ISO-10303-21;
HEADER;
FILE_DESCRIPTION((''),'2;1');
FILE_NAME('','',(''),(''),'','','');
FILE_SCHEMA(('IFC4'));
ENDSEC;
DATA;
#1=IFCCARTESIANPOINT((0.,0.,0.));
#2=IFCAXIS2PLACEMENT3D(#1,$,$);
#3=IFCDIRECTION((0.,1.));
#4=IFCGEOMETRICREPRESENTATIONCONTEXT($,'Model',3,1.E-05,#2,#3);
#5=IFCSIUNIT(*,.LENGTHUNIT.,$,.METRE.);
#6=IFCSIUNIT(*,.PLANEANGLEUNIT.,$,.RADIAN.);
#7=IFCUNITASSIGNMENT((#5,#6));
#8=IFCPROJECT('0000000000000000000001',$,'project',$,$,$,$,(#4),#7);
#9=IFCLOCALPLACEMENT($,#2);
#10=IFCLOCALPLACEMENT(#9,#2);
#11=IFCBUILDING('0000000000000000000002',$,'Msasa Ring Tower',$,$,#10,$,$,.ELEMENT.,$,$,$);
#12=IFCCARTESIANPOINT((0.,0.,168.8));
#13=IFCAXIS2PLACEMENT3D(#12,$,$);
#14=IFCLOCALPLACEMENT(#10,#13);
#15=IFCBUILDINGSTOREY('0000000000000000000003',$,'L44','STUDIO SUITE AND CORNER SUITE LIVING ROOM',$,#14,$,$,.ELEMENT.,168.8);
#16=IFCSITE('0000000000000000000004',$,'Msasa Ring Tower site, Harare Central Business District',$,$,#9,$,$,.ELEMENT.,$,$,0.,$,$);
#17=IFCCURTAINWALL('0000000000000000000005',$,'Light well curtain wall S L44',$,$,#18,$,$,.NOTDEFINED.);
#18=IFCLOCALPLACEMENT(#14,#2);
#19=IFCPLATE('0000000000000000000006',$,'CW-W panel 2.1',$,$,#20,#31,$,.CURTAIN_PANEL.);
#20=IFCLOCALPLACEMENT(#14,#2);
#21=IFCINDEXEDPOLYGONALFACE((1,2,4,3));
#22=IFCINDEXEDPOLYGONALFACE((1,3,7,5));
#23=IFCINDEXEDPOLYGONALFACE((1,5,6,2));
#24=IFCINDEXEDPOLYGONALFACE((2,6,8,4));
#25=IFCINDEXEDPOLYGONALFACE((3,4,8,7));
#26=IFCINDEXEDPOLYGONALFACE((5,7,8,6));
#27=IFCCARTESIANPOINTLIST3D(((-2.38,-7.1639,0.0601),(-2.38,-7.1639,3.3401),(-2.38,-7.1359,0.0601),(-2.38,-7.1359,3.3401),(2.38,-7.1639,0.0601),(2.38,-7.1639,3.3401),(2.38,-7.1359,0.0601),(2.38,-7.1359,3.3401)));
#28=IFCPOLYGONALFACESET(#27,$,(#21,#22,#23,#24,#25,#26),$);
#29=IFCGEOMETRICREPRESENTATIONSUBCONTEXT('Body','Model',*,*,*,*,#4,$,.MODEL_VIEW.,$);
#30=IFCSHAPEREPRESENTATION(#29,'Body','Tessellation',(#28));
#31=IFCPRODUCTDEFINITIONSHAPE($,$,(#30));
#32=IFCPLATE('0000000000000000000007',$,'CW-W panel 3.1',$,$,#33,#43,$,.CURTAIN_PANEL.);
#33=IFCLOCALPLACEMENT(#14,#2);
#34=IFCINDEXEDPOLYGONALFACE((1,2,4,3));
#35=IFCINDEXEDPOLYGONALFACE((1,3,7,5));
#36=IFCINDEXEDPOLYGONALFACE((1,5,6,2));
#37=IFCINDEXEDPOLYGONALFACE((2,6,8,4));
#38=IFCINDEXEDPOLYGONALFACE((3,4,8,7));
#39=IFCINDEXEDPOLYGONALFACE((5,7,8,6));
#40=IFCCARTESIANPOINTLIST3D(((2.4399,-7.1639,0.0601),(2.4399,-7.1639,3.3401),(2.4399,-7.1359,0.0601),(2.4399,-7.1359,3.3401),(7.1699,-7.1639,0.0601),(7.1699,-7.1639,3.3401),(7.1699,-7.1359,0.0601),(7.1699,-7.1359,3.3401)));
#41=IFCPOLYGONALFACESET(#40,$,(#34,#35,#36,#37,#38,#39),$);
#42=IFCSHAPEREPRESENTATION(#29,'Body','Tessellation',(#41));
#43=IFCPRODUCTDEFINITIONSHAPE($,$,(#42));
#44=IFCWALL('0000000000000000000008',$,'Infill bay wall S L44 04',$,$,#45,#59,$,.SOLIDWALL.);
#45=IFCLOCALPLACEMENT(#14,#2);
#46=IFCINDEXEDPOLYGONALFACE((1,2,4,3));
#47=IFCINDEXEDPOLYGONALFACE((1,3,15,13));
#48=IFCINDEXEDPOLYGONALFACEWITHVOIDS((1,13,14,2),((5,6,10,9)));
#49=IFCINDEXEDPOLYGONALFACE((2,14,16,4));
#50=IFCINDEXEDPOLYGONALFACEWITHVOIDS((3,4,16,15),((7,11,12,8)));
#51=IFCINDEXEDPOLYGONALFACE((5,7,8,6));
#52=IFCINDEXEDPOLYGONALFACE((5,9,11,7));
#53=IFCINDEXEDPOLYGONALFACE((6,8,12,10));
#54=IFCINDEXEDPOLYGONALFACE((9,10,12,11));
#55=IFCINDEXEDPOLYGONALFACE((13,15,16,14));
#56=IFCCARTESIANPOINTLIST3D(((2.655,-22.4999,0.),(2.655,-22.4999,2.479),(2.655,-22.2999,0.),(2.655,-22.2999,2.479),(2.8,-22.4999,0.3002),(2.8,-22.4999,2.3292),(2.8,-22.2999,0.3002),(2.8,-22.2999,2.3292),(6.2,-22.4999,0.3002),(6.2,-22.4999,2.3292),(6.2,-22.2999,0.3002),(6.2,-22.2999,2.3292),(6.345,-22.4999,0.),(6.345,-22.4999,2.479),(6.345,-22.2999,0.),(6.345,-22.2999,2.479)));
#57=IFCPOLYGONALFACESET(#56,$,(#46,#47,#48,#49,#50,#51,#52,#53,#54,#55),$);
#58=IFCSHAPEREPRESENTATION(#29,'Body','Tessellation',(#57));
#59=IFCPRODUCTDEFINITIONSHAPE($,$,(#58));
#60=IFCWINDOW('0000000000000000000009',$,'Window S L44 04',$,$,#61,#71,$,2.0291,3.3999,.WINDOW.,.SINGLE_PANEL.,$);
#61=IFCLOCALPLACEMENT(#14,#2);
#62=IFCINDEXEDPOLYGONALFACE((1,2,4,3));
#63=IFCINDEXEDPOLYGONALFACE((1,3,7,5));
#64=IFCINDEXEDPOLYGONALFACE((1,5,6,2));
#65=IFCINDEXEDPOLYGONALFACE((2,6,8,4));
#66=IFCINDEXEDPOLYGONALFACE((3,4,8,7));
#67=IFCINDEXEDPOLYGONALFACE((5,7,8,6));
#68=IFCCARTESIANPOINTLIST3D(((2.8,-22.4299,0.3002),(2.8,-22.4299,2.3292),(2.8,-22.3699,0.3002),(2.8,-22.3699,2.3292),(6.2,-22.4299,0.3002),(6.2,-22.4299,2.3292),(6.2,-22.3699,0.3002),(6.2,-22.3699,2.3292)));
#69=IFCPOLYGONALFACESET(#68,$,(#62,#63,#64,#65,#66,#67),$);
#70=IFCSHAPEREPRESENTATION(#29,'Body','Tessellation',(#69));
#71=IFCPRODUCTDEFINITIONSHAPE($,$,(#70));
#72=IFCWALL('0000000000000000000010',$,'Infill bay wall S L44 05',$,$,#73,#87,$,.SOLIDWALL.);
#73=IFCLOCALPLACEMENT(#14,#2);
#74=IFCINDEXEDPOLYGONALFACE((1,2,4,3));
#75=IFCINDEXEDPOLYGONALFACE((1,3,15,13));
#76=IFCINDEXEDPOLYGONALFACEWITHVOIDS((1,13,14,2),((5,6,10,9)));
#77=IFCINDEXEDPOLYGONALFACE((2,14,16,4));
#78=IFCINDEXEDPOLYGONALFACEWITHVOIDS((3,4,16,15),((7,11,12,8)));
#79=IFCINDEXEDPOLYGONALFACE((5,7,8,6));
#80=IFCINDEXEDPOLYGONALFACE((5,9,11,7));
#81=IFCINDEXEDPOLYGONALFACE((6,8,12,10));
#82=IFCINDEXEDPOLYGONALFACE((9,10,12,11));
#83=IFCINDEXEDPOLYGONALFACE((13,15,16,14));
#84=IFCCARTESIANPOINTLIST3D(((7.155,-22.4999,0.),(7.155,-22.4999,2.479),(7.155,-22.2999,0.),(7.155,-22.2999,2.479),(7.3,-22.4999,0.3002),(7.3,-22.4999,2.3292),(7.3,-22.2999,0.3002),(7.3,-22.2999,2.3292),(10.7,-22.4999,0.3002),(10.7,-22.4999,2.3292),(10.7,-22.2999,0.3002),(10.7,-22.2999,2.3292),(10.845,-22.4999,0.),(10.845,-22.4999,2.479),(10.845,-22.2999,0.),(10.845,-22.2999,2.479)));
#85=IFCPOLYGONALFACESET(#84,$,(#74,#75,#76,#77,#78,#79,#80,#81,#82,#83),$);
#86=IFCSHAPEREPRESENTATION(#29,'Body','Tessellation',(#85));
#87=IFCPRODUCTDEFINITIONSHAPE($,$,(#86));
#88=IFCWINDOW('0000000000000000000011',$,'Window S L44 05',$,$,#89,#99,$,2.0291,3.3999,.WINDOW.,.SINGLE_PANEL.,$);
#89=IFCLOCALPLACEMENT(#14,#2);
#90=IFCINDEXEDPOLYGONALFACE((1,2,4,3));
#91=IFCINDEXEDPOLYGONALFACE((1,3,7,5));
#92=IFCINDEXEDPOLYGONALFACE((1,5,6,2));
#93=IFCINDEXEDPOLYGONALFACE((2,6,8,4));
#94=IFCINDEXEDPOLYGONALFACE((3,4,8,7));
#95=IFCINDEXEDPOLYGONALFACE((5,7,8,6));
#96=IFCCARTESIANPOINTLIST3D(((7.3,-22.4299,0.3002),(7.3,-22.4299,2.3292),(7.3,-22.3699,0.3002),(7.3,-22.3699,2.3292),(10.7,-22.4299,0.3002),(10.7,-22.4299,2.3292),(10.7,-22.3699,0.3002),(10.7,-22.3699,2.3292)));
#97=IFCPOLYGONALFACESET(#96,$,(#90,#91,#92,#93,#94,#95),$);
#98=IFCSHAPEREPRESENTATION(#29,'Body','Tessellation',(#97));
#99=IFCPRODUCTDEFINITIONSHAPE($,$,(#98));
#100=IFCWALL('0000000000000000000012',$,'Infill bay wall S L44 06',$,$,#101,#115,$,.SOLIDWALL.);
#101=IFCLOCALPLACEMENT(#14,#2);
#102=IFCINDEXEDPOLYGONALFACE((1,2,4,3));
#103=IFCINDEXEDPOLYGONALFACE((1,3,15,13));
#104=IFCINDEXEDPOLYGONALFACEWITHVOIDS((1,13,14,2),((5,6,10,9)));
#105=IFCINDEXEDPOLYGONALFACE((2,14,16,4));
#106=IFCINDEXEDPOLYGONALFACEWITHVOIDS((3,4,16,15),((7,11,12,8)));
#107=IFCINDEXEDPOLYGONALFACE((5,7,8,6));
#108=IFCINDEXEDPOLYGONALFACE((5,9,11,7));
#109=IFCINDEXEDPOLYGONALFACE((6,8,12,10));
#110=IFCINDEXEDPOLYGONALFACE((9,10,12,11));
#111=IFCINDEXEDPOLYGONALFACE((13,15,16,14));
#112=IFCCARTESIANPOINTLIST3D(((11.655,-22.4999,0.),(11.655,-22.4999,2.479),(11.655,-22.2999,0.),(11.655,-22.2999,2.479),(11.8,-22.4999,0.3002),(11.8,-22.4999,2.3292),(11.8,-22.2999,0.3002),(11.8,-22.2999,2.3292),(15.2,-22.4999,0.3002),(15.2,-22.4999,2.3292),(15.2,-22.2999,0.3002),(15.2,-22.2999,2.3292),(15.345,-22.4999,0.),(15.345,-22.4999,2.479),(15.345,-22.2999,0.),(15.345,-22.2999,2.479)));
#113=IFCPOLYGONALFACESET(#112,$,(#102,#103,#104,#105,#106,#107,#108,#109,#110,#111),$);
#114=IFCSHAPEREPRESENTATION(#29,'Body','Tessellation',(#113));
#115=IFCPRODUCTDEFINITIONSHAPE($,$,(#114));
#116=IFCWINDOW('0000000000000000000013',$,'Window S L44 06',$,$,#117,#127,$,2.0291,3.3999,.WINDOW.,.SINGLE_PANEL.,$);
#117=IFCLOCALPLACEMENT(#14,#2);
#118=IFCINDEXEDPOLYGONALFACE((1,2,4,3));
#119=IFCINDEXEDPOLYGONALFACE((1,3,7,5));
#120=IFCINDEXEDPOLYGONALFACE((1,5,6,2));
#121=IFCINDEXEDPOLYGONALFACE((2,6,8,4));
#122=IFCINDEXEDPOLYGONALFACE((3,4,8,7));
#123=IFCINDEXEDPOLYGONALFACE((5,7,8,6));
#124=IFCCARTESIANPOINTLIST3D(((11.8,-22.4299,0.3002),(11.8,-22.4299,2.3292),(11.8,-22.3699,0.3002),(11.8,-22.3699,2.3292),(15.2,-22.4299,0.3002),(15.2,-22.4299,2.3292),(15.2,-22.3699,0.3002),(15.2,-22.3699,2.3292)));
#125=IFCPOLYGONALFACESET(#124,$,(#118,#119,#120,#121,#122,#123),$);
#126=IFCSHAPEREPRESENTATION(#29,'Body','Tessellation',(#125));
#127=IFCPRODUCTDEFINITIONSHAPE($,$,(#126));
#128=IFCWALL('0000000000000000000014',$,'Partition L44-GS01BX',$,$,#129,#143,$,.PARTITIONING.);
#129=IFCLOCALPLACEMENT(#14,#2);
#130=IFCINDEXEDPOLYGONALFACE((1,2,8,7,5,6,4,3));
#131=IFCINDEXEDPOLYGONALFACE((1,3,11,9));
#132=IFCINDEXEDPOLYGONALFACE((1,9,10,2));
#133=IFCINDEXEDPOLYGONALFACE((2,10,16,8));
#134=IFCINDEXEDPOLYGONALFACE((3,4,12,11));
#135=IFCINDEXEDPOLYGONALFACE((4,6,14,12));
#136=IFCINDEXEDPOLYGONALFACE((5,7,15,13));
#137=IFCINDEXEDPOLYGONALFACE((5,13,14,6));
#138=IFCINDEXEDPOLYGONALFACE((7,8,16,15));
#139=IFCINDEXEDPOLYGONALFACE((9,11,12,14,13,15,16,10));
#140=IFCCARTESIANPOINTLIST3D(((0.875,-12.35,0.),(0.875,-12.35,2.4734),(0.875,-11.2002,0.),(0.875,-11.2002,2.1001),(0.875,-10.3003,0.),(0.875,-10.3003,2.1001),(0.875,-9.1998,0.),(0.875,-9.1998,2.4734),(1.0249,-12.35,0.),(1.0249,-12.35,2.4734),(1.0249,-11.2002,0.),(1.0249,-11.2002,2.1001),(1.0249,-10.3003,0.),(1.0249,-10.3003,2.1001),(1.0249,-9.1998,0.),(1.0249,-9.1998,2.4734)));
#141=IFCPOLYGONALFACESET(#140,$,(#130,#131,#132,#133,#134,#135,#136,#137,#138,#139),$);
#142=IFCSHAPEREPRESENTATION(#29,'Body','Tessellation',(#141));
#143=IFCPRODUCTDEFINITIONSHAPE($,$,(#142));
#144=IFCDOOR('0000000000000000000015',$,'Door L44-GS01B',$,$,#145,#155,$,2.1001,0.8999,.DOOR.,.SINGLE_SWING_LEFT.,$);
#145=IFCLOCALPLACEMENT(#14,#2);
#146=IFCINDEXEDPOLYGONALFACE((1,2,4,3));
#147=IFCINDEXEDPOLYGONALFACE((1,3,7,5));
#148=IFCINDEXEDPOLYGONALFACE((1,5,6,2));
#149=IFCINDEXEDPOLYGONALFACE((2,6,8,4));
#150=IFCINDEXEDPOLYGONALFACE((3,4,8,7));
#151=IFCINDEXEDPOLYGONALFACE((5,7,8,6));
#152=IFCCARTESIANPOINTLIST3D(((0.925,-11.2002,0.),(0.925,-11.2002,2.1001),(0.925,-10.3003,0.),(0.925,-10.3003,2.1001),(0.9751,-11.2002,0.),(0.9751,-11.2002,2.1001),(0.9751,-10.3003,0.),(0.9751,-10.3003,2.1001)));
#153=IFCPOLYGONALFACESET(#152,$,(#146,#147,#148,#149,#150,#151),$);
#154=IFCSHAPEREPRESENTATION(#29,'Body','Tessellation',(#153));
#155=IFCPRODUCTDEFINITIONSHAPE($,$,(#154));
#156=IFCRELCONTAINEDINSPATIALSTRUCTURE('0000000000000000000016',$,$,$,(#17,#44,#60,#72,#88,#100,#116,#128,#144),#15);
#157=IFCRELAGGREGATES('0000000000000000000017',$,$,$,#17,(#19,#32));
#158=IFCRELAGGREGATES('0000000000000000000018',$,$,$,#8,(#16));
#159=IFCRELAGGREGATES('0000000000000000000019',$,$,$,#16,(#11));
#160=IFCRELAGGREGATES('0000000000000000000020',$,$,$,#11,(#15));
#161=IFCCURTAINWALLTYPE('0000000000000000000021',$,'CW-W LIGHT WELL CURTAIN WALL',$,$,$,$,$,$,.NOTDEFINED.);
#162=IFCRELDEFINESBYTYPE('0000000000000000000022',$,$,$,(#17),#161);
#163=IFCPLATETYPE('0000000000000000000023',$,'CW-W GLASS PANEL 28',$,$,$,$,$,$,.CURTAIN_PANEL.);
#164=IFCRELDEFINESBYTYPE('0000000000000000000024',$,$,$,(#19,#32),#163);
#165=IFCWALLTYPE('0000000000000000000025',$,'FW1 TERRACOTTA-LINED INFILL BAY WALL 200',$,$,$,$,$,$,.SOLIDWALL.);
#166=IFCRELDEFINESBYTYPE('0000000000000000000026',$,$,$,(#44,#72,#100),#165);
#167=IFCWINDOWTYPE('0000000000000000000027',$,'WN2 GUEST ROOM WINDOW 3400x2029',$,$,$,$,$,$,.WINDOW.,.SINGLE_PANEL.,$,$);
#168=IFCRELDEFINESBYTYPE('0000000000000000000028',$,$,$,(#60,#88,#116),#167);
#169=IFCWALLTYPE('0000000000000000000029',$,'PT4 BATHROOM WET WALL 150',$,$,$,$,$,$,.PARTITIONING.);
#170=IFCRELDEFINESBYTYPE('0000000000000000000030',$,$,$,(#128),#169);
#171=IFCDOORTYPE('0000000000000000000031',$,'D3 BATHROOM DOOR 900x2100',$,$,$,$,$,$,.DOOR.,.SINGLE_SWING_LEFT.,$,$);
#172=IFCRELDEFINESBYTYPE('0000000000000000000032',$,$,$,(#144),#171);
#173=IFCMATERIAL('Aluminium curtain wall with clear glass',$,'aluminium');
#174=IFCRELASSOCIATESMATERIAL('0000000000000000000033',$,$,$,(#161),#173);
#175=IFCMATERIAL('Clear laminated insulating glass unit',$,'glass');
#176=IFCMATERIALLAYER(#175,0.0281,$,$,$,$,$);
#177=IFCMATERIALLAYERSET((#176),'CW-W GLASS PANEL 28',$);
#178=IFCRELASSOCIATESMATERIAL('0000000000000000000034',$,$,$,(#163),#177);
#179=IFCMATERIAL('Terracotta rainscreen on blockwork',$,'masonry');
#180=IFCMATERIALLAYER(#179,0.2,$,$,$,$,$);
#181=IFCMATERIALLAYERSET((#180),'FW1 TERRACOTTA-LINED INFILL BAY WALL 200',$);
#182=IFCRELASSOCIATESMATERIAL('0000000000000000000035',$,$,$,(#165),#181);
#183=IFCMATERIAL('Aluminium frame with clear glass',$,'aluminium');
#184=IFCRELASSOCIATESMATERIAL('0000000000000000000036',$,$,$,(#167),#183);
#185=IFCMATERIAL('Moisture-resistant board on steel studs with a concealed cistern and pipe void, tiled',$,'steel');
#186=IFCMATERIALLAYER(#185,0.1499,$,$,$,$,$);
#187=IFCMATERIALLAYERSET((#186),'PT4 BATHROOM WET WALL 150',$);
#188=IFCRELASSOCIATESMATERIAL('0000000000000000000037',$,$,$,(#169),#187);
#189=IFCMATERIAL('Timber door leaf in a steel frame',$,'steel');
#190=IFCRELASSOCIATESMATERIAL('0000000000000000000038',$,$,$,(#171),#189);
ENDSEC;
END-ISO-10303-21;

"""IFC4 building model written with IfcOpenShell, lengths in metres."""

from ifc_helpers import new_model, si_unit, direction, frame, frame_2d, origin, origin_2d, place, context, subcontext, project, spatial, rectangle, extrude, material, layer, layer_set, type_object, element, fill, aggregate, save


model = new_model("IFC4")

# Units and contexts
model_context = context("Model", 3, precision=1e-05, world=origin(), true_north=direction((0.0, 1.0)))
body_context = subcontext(model_context, "Body", "Model", "MODEL_VIEW")
ifc_project = project(units=[si_unit("LENGTHUNIT", "METRE"), si_unit("PLANEANGLEUNIT", "RADIAN")], contexts=[model_context])

# Site, building, storey
site_placement = place(None, origin())
site = spatial("IfcSite", under=ifc_project, at=site_placement, Name="Msasa Ring Tower site, Harare Central Business District", CompositionType="ELEMENT", RefElevation=0.0)
building_placement = place(site_placement, origin())
building = spatial("IfcBuilding", under=site, at=building_placement, Name="Msasa Ring Tower", CompositionType="ELEMENT")
storey_placement = place(building_placement, frame((0.0, 0.0, 168.8)))
storey = spatial("IfcBuildingStorey", under=building, at=storey_placement, Name="L44", Description="STUDIO SUITE AND CORNER SUITE LIVING ROOM", CompositionType="ELEMENT", Elevation=168.8)

# Curtain wall
ifc_material_1 = material(Name="Aluminium curtain wall with clear glass", Category="aluminium")
curtain_wall_type = type_object("IfcCurtainWallType", Name="CW-W LIGHT WELL CURTAIN WALL", PredefinedType="NOTDEFINED", material=ifc_material_1)
curtain_wall_placement = place(storey_placement, origin())
curtain_wall = element("IfcCurtainWall", 1, at=curtain_wall_placement, inside=storey, type_object=curtain_wall_type, Name="Light well curtain wall S L44", PredefinedType="NOTDEFINED")

# Plates
ifc_material_2 = material(Name="Clear laminated insulating glass unit", Category="glass")
ifc_layer_1 = layer(ifc_material_2, 0.0281)
ifc_layer_set_1 = layer_set([ifc_layer_1], Name="CW-W GLASS PANEL 28")
plate_type = type_object("IfcPlateType", Name="CW-W GLASS PANEL 28", PredefinedType="CURTAIN_PANEL", material=ifc_layer_set_1)
plate_1_placement = place(storey_placement, frame((0.0, -7.1499, 0.0601), z_axis=(0.0, 0.0, 1.0), x_axis=(1.0, 0.0, 0.0)))
plate_1 = element("IfcPlate", 2, at=plate_1_placement, type_object=plate_type, Name="CW-W panel 2.1", PredefinedType="CURTAIN_PANEL", context=body_context, shape_type="SweptSolid", body=[
    extrude(rectangle(XDim=4.76, YDim=0.0281, at=origin_2d()), origin(), (0.0, 0.0, 1.0), 3.28),
])
plate_2_placement = place(storey_placement, frame((4.8049, -7.1499, 0.0601), z_axis=(0.0, 0.0, 1.0), x_axis=(1.0, 0.0, 0.0)))
plate_2 = element("IfcPlate", 3, at=plate_2_placement, type_object=plate_type, Name="CW-W panel 3.1", PredefinedType="CURTAIN_PANEL", context=body_context, shape_type="SweptSolid", body=[
    extrude(rectangle(XDim=4.73, YDim=0.0281, at=origin_2d()), origin(), (0.0, 0.0, 1.0), 3.28),
])
aggregate(curtain_wall, [plate_1, plate_2])

# Walls, openings, windows
ifc_material_3 = material(Name="Terracotta rainscreen on blockwork", Category="masonry")
ifc_layer_2 = layer(ifc_material_3, 0.2)
ifc_layer_set_2 = layer_set([ifc_layer_2], Name="FW1 TERRACOTTA-LINED INFILL BAY WALL 200")
wall_type_1 = type_object("IfcWallType", Name="FW1 TERRACOTTA-LINED INFILL BAY WALL 200", PredefinedType="SOLIDWALL", material=ifc_layer_set_2)
wall_1_placement = place(storey_placement, frame((2.655, -22.3999, 0.0), z_axis=(0.0, 0.0, 1.0), x_axis=(1.0, 0.0, 0.0)))
wall_1 = element("IfcWall", 4, at=wall_1_placement, inside=storey, type_object=wall_type_1, Name="Infill bay wall S L44 04", PredefinedType="SOLIDWALL", context=body_context, shape_type="SweptSolid", body=[
    extrude(rectangle(XDim=3.6899, YDim=0.2, at=frame_2d((1.845, 0.0))), origin(), (0.0, 0.0, 1.0), 2.479),
])
opening_1_placement = place(wall_1_placement, frame((0.145, 0.0, 0.3)))
opening_1 = element("IfcOpeningElement", 5, at=opening_1_placement, cuts=wall_1, PredefinedType="OPENING", context=body_context, shape_type="SweptSolid", body=[
    extrude(rectangle(XDim=3.3999, YDim=2.0291, at=frame_2d((1.7, 1.0146))), frame((0.0, 0.1099, 0.0), z_axis=(0.0, -1.0, 0.0), x_axis=(1.0, 0.0, 0.0)), (0.0, 0.0, 1.0), 0.22),
])
ifc_material_4 = material(Name="Aluminium frame with clear glass", Category="aluminium")
window_type = type_object("IfcWindowType", Name="WN2 GUEST ROOM WINDOW 3400x2029", PartitioningType="SINGLE_PANEL", PredefinedType="WINDOW", material=ifc_material_4)
window_1_placement = place(opening_1_placement, origin())
window_1 = element("IfcWindow", 6, at=window_1_placement, inside=storey, type_object=window_type, Name="Window S L44 04", OverallHeight=2.0291, OverallWidth=3.3999, PartitioningType="SINGLE_PANEL", PredefinedType="WINDOW", context=body_context, shape_type="SweptSolid", body=[
    extrude(rectangle(XDim=3.3999, YDim=2.0291, at=frame_2d((1.7, 1.0146))), frame((0.0, 0.03, 0.0), z_axis=(0.0, -1.0, 0.0), x_axis=(1.0, 0.0, 0.0)), (0.0, 0.0, 1.0), 0.0601),
])
fill(opening_1, window_1)
wall_2_placement = place(storey_placement, frame((7.155, -22.3999, 0.0), z_axis=(0.0, 0.0, 1.0), x_axis=(1.0, 0.0, 0.0)))
wall_2 = element("IfcWall", 7, at=wall_2_placement, inside=storey, type_object=wall_type_1, Name="Infill bay wall S L44 05", PredefinedType="SOLIDWALL", context=body_context, shape_type="SweptSolid", body=[
    extrude(rectangle(XDim=3.6899, YDim=0.2, at=frame_2d((1.845, 0.0))), origin(), (0.0, 0.0, 1.0), 2.479),
])
opening_2_placement = place(wall_2_placement, frame((0.145, 0.0, 0.3)))
opening_2 = element("IfcOpeningElement", 8, at=opening_2_placement, cuts=wall_2, PredefinedType="OPENING", context=body_context, shape_type="SweptSolid", body=[
    extrude(rectangle(XDim=3.3999, YDim=2.0291, at=frame_2d((1.7, 1.0146))), frame((0.0, 0.1099, 0.0), z_axis=(0.0, -1.0, 0.0), x_axis=(1.0, 0.0, 0.0)), (0.0, 0.0, 1.0), 0.22),
])
window_2_placement = place(opening_2_placement, origin())
window_2 = element("IfcWindow", 9, at=window_2_placement, inside=storey, type_object=window_type, Name="Window S L44 05", OverallHeight=2.0291, OverallWidth=3.3999, PartitioningType="SINGLE_PANEL", PredefinedType="WINDOW", context=body_context, shape_type="SweptSolid", body=[
    extrude(rectangle(XDim=3.3999, YDim=2.0291, at=frame_2d((1.7, 1.0146))), frame((0.0, 0.03, 0.0), z_axis=(0.0, -1.0, 0.0), x_axis=(1.0, 0.0, 0.0)), (0.0, 0.0, 1.0), 0.0601),
])
fill(opening_2, window_2)
wall_3_placement = place(storey_placement, frame((11.655, -22.3999, 0.0), z_axis=(0.0, 0.0, 1.0), x_axis=(1.0, 0.0, 0.0)))
wall_3 = element("IfcWall", 10, at=wall_3_placement, inside=storey, type_object=wall_type_1, Name="Infill bay wall S L44 06", PredefinedType="SOLIDWALL", context=body_context, shape_type="SweptSolid", body=[
    extrude(rectangle(XDim=3.6899, YDim=0.2, at=frame_2d((1.845, 0.0))), origin(), (0.0, 0.0, 1.0), 2.479),
])
opening_3_placement = place(wall_3_placement, frame((0.145, 0.0, 0.3)))
opening_3 = element("IfcOpeningElement", 11, at=opening_3_placement, cuts=wall_3, PredefinedType="OPENING", context=body_context, shape_type="SweptSolid", body=[
    extrude(rectangle(XDim=3.3999, YDim=2.0291, at=frame_2d((1.7, 1.0146))), frame((0.0, 0.1099, 0.0), z_axis=(0.0, -1.0, 0.0), x_axis=(1.0, 0.0, 0.0)), (0.0, 0.0, 1.0), 0.22),
])
window_3_placement = place(opening_3_placement, origin())
window_3 = element("IfcWindow", 12, at=window_3_placement, inside=storey, type_object=window_type, Name="Window S L44 06", OverallHeight=2.0291, OverallWidth=3.3999, PartitioningType="SINGLE_PANEL", PredefinedType="WINDOW", context=body_context, shape_type="SweptSolid", body=[
    extrude(rectangle(XDim=3.3999, YDim=2.0291, at=frame_2d((1.7, 1.0146))), frame((0.0, 0.03, 0.0), z_axis=(0.0, -1.0, 0.0), x_axis=(1.0, 0.0, 0.0)), (0.0, 0.0, 1.0), 0.0601),
])
fill(opening_3, window_3)

# Wall, opening, door
ifc_material_5 = material(Name="Moisture-resistant board on steel studs with a concealed cistern and pipe void, tiled", Category="steel")
ifc_layer_3 = layer(ifc_material_5, 0.1499)
ifc_layer_set_3 = layer_set([ifc_layer_3], Name="PT4 BATHROOM WET WALL 150")
wall_type_2 = type_object("IfcWallType", Name="PT4 BATHROOM WET WALL 150", PredefinedType="PARTITIONING", material=ifc_layer_set_3)
wall_4_placement = place(storey_placement, frame((0.95, -12.3501, 0.0), z_axis=(0.0, 0.0, 1.0), x_axis=(0.0, 1.0, 0.0)))
wall_4 = element("IfcWall", 13, at=wall_4_placement, inside=storey, type_object=wall_type_2, Name="Partition L44-GS01BX", PredefinedType="PARTITIONING", context=body_context, shape_type="SweptSolid", body=[
    extrude(rectangle(XDim=3.1501, YDim=0.1499, at=frame_2d((1.5752, 0.0))), origin(), (0.0, 0.0, 1.0), 2.4734),
])
opening_4_placement = place(wall_4_placement, frame((1.1499, 0.0, 0.0)))
opening_4 = element("IfcOpeningElement", 14, at=opening_4_placement, cuts=wall_4, PredefinedType="OPENING", context=body_context, shape_type="SweptSolid", body=[
    extrude(rectangle(XDim=0.8999, YDim=2.1001, at=frame_2d((0.45, 1.05))), frame((0.0, 0.085, 0.0), z_axis=(0.0, -1.0, 0.0), x_axis=(1.0, 0.0, 0.0)), (0.0, 0.0, 1.0), 0.1699),
])
ifc_material_6 = material(Name="Timber door leaf in a steel frame", Category="steel")
door_type = type_object("IfcDoorType", Name="D3 BATHROOM DOOR 900x2100", OperationType="SINGLE_SWING_LEFT", PredefinedType="DOOR", material=ifc_material_6)
door_1_placement = place(opening_4_placement, origin())
door_1 = element("IfcDoor", 15, at=door_1_placement, inside=storey, type_object=door_type, Name="Door L44-GS01B", OperationType="SINGLE_SWING_LEFT", OverallHeight=2.1001, OverallWidth=0.8999, PredefinedType="DOOR", context=body_context, shape_type="SweptSolid", body=[
    extrude(rectangle(XDim=0.8999, YDim=2.1001, at=frame_2d((0.45, 1.05))), frame((0.0, 0.0249, 0.0), z_axis=(0.0, -1.0, 0.0), x_axis=(1.0, 0.0, 0.0)), (0.0, 0.0, 1.0), 0.05),
])
fill(opening_4, door_1)

save(model, "model.ifc")
